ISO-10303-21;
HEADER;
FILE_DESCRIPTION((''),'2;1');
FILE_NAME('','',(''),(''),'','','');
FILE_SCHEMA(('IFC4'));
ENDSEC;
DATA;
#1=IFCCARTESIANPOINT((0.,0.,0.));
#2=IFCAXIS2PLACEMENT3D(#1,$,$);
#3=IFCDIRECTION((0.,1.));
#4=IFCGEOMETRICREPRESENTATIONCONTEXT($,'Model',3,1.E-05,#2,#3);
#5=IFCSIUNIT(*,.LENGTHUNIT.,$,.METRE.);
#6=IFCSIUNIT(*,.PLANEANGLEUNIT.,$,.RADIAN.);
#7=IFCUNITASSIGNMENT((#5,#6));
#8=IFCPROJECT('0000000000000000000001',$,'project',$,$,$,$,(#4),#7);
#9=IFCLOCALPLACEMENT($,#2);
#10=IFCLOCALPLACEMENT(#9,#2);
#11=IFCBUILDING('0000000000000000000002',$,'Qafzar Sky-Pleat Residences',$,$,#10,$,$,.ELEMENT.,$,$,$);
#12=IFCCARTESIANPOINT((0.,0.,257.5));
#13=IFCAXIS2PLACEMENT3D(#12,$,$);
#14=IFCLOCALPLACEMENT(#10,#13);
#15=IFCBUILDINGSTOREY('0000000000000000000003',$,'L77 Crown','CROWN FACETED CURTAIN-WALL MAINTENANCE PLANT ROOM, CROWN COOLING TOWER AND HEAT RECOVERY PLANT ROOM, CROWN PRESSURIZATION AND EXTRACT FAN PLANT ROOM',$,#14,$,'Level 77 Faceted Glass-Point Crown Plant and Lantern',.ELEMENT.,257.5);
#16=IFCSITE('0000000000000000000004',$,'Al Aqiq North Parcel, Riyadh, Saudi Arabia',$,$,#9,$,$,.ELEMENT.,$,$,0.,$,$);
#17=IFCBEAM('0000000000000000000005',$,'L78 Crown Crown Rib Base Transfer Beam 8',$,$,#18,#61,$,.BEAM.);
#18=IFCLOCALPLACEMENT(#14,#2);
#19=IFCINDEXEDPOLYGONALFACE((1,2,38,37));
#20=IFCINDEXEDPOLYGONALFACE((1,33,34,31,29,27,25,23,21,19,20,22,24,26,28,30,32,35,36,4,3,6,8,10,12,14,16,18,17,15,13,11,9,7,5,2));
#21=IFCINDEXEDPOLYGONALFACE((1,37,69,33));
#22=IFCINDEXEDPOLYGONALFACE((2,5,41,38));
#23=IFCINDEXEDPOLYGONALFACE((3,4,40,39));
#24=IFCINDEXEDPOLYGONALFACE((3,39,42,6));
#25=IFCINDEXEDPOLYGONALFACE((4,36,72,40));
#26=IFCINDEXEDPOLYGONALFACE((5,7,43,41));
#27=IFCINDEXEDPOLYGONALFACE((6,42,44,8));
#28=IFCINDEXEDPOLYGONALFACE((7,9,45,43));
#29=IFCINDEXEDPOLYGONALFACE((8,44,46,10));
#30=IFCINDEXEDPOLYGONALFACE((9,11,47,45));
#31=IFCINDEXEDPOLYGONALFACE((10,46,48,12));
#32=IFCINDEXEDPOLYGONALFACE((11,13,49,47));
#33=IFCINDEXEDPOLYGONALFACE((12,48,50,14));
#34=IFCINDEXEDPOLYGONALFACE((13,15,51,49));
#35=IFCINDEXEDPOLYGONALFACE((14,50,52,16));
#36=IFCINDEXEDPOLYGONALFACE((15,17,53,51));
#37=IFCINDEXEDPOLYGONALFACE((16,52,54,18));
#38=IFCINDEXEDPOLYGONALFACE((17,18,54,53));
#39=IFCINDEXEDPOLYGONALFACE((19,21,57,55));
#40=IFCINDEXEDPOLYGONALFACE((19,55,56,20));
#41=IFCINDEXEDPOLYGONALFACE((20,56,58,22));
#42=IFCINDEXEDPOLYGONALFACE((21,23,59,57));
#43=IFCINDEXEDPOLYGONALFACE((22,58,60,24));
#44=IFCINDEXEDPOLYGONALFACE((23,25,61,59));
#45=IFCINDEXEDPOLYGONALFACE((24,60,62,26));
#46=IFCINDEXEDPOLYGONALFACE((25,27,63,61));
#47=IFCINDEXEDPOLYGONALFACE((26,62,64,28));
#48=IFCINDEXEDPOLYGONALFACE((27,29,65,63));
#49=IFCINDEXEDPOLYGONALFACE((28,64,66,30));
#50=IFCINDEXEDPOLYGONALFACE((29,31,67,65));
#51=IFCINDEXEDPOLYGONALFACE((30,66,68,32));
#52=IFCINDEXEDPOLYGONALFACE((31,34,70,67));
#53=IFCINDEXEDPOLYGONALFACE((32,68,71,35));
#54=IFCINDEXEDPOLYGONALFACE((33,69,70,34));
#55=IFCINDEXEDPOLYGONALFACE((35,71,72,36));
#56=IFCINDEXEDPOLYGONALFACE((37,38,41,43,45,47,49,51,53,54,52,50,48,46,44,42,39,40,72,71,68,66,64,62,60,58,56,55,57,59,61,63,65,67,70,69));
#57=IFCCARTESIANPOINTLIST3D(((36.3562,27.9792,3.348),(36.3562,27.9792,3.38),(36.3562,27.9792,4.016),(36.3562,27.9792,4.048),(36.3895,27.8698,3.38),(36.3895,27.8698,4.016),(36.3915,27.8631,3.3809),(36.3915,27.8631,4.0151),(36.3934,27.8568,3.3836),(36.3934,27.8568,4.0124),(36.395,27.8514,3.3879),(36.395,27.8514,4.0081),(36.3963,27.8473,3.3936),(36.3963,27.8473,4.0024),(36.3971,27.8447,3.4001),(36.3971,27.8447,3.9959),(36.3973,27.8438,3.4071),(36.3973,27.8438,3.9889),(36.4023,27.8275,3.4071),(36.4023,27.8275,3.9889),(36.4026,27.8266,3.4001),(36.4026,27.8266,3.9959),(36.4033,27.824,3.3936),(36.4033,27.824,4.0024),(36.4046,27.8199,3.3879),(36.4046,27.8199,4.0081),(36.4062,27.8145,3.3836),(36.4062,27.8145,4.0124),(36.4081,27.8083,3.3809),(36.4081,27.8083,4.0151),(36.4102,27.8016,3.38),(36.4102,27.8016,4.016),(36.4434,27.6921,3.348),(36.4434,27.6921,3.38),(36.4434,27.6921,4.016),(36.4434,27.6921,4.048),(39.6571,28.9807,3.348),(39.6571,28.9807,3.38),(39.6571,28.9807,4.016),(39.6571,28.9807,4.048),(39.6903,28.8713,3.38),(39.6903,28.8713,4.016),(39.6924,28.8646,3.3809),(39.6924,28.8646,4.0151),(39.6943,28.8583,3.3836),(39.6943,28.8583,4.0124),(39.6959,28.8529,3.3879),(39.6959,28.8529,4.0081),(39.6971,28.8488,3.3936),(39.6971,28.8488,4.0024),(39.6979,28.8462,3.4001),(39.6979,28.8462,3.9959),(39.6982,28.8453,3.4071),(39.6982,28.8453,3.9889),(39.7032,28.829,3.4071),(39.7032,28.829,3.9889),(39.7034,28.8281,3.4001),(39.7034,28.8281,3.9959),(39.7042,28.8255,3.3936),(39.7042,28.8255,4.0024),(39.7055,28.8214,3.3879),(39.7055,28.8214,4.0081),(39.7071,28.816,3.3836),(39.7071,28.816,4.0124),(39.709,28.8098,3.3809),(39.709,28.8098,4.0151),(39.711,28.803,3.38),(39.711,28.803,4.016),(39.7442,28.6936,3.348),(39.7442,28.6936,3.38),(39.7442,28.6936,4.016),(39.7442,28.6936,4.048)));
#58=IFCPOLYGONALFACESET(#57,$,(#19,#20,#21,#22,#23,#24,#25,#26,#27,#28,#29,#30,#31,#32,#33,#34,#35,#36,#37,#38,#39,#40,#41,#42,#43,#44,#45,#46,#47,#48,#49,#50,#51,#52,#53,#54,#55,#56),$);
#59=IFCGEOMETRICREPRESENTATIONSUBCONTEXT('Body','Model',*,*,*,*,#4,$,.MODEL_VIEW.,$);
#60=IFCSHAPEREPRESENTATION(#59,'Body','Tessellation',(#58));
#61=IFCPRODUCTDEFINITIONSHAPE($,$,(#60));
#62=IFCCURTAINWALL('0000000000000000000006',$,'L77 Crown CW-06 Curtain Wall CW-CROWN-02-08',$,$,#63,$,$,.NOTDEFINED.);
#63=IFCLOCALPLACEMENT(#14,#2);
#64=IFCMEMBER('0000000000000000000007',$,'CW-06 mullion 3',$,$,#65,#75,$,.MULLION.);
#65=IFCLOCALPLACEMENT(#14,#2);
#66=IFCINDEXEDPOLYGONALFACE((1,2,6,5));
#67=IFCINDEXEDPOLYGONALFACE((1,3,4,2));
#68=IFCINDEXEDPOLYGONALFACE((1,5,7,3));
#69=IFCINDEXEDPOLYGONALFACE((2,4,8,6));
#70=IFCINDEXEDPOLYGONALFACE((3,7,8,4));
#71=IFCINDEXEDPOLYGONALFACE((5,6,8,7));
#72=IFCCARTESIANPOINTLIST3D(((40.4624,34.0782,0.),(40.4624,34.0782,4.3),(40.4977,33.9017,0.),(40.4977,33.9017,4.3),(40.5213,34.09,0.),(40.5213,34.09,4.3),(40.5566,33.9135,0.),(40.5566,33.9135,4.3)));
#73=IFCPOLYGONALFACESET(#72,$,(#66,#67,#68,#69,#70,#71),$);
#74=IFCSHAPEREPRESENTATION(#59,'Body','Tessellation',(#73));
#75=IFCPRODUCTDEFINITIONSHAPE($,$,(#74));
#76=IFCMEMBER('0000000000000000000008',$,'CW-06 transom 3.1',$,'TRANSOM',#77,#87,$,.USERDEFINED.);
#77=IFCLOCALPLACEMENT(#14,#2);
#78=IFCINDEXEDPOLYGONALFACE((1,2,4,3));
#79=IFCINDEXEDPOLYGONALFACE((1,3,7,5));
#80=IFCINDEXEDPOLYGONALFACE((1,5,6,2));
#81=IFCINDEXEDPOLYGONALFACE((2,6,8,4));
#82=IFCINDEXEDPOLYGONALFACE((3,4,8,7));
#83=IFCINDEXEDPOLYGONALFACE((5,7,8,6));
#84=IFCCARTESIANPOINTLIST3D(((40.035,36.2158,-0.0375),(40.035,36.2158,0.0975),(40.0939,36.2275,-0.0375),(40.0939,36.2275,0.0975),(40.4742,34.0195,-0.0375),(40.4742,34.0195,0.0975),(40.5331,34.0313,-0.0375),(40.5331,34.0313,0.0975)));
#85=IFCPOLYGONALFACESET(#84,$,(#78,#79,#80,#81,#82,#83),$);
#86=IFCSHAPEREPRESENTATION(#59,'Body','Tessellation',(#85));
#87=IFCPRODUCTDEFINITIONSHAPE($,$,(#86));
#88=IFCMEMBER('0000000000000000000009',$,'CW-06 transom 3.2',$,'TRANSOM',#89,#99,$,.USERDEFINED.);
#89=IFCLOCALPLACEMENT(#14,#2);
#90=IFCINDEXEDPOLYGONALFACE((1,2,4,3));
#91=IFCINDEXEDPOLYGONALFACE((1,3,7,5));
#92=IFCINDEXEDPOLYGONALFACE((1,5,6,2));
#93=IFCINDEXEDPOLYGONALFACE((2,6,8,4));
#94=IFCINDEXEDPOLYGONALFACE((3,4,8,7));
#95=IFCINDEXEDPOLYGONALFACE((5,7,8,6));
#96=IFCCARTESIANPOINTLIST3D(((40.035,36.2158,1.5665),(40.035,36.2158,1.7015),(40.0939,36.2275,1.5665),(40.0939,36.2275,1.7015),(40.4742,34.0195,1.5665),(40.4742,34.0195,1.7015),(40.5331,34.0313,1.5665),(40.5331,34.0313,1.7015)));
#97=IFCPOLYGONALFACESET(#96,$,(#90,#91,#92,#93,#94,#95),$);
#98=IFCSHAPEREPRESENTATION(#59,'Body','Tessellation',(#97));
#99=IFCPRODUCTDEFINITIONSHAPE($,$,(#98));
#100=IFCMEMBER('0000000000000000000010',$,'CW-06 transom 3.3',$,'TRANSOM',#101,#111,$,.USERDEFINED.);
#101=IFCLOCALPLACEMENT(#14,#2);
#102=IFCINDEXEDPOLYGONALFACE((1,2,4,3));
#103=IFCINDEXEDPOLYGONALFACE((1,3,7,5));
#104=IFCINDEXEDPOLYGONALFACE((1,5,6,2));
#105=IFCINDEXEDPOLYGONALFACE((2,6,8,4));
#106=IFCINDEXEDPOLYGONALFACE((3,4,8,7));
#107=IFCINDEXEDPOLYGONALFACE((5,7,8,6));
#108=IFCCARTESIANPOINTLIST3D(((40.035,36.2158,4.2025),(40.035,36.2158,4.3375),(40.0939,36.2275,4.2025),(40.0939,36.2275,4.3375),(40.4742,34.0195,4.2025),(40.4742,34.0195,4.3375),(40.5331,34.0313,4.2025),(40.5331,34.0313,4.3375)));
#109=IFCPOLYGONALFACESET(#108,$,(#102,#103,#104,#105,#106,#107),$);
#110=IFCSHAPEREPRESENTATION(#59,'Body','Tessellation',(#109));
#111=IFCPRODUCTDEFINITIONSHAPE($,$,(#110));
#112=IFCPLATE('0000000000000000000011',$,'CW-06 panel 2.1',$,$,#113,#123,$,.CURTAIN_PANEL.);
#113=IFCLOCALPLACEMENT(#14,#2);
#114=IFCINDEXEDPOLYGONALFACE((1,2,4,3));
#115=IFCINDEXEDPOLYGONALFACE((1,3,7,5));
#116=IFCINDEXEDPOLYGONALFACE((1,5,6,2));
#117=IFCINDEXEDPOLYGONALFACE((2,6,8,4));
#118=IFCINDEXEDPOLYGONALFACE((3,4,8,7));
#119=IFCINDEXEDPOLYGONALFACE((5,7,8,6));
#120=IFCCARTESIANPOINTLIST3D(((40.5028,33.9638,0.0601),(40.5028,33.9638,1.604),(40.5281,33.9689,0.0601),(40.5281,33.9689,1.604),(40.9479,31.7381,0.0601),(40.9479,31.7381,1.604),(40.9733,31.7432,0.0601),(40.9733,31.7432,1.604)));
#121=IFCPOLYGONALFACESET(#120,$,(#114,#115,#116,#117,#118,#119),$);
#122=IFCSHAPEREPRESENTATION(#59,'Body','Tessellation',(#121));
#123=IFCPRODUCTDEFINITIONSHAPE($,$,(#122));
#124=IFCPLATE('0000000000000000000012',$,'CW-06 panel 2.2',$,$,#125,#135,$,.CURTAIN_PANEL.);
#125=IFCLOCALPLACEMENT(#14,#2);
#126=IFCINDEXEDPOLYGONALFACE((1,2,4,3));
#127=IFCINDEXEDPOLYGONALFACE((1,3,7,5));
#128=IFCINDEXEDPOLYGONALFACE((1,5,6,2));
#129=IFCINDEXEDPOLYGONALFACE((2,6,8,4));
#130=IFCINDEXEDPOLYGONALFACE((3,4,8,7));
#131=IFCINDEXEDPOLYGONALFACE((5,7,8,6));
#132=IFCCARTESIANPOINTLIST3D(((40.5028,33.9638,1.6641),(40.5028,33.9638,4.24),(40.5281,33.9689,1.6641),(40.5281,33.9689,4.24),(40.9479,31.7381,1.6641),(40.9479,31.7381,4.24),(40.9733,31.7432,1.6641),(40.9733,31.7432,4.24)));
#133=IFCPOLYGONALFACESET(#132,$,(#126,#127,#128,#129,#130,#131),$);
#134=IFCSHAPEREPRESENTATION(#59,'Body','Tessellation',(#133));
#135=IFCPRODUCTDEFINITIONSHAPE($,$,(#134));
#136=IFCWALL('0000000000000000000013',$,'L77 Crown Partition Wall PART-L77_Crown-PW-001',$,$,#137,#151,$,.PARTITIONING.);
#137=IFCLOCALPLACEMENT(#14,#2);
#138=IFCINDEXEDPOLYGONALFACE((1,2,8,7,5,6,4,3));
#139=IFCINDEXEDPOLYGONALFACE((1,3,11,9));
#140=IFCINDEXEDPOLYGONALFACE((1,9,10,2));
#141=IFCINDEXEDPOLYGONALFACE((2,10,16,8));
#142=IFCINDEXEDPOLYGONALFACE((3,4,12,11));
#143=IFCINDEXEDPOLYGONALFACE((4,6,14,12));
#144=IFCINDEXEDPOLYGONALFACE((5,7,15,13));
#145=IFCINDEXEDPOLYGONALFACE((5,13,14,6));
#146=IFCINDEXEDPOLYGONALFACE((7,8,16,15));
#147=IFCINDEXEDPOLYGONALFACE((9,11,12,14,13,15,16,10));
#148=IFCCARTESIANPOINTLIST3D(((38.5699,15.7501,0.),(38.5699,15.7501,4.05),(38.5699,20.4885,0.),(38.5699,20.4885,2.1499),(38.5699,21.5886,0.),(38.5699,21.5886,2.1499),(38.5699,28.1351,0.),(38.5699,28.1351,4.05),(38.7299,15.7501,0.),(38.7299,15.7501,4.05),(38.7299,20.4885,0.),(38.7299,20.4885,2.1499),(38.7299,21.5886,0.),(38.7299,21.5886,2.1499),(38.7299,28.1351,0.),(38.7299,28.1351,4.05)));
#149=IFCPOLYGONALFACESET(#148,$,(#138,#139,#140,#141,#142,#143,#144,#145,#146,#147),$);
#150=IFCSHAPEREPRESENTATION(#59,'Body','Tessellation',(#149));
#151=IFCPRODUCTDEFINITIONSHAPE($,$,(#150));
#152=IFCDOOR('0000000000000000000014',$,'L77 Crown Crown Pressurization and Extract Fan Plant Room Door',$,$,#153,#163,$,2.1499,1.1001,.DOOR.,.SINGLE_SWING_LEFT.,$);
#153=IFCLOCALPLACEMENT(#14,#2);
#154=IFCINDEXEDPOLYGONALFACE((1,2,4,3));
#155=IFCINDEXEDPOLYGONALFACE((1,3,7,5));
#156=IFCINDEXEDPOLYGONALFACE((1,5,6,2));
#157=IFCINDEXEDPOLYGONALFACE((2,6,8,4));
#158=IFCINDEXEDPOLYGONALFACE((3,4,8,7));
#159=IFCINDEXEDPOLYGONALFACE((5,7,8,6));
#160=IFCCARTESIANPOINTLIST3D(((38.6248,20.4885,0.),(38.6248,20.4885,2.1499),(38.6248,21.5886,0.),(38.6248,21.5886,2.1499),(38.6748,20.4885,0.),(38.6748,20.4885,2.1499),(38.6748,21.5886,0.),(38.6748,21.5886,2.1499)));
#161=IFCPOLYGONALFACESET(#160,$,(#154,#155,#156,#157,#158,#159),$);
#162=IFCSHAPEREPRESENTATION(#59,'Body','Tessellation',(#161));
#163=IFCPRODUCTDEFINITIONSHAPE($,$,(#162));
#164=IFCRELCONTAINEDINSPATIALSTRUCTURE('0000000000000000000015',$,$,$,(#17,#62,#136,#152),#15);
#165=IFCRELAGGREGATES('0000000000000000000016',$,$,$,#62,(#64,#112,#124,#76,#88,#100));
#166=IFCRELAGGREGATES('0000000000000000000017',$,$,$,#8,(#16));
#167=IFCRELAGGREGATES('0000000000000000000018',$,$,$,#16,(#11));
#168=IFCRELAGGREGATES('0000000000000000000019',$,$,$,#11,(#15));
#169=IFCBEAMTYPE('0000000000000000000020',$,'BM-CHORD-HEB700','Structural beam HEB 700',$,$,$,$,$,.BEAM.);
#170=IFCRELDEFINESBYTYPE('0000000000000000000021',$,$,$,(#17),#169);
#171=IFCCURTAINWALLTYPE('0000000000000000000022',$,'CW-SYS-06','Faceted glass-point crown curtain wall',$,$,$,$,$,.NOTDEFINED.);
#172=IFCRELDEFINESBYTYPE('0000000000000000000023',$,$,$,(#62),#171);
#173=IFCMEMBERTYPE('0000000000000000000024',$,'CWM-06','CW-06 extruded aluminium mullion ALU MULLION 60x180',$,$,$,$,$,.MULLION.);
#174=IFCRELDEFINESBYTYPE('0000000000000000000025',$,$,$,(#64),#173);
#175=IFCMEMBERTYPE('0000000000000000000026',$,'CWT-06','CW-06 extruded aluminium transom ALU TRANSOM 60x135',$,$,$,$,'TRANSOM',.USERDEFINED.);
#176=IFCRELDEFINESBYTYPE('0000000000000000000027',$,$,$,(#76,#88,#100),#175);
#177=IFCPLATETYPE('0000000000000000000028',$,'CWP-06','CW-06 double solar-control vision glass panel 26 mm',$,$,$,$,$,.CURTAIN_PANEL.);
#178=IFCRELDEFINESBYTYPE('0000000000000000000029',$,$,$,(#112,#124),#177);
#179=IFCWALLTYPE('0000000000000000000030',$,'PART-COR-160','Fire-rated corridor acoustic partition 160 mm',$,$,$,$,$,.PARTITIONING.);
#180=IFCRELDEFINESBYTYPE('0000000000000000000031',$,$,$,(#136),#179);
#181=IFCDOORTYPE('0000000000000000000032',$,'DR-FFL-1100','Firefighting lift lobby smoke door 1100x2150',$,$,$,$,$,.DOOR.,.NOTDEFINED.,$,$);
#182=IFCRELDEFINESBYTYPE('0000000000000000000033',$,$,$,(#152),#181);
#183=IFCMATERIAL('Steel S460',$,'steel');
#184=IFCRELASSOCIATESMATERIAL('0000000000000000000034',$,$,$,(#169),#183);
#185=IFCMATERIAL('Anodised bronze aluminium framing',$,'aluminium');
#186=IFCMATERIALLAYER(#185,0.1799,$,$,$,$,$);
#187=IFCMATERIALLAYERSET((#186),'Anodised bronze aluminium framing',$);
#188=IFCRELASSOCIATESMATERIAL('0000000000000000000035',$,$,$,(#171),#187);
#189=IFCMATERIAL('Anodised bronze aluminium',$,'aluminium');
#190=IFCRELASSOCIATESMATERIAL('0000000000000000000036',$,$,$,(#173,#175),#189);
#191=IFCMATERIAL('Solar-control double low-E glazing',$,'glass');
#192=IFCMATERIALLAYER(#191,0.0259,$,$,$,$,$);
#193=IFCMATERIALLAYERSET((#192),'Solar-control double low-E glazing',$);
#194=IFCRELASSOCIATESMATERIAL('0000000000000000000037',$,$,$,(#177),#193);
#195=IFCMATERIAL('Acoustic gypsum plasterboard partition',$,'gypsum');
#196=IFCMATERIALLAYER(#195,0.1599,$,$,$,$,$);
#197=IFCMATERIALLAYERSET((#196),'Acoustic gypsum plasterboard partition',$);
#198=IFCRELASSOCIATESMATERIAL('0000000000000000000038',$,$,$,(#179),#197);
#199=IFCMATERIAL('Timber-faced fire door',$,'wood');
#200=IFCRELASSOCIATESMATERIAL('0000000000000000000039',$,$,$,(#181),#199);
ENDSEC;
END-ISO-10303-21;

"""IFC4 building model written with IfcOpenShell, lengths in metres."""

from ifc_helpers import new_model, si_unit, direction, frame, frame_2d, origin, origin_2d, place, context, subcontext, project, spatial, rectangle, i_section, extrude, source, transform, mapped, material, layer, layer_set, material_profile, profile_set, type_object, element, fill, aggregate, save


model = new_model("IFC4")

# Units and contexts
model_context = context("Model", 3, precision=1e-05, world=origin(), true_north=direction((0.0, 1.0)))
body_context = subcontext(model_context, "Body", "Model", "MODEL_VIEW")
ifc_project = project(units=[si_unit("LENGTHUNIT", "METRE"), si_unit("PLANEANGLEUNIT", "RADIAN")], contexts=[model_context])

# Site, building, storey
site_placement = place(None, origin())
site = spatial("IfcSite", under=ifc_project, at=site_placement, Name="Al Aqiq North Parcel, Riyadh, Saudi Arabia", CompositionType="ELEMENT", RefElevation=0.0)
building_placement = place(site_placement, origin())
building = spatial("IfcBuilding", under=site, at=building_placement, Name="Qafzar Sky-Pleat Residences", CompositionType="ELEMENT")
storey_placement = place(building_placement, frame((0.0, 0.0, 257.5)))
storey = spatial("IfcBuildingStorey", under=building, at=storey_placement, Name="L77 Crown", Description="CROWN FACETED CURTAIN-WALL MAINTENANCE PLANT ROOM, CROWN COOLING TOWER AND HEAT RECOVERY PLANT ROOM, CROWN PRESSURIZATION AND EXTRACT FAN PLANT ROOM", LongName="Level 77 Faceted Glass-Point Crown Plant and Lantern", CompositionType="ELEMENT", Elevation=257.5)

# Shared definitions
ifc_material_1 = material(Name="Steel S460", Category="steel")

# Beam
ifc_material_profile_1 = material_profile(ifc_material_1, i_section(OverallWidth=0.3, OverallDepth=0.7, WebThickness=0.0171, FlangeThickness=0.032, FilletRadius=0.0271, at=origin_2d()), Name="HEB 700")
ifc_profile_set_1 = profile_set([ifc_material_profile_1], Name="Steel S460")
beam_type = type_object("IfcBeamType", Name="BM-CHORD-HEB700", Description="Structural beam HEB 700", PredefinedType="BEAM", material=ifc_profile_set_1)
shared_shape_1 = source(origin(), body_context, "Body", "SweptSolid", [
    extrude(i_section(OverallWidth=0.3, OverallDepth=0.7, WebThickness=0.0171, FlangeThickness=0.032, FilletRadius=0.0271, at=origin_2d()), origin(), (0.0, 0.0, 1.0), 3.4495),
])
beam_placement = place(storey_placement, frame((39.7007, 28.8372, 3.698), z_axis=(-0.956926, -0.290333, 0.0), x_axis=(0.290333, -0.956926, 0.0)))
element("IfcBeam", 1, at=beam_placement, inside=storey, type_object=beam_type, Name="L78 Crown Crown Rib Base Transfer Beam 8", PredefinedType="BEAM", context=body_context, shape_type="MappedRepresentation", body=[
    mapped(shared_shape_1, transform((0.0, 0.0, 0.0), x_axis=(1.0, 0.0, 0.0), y_axis=(0.0, 1.0, 0.0), z_axis=(0.0, 0.0, 1.0), scale=1.0)),
])

# Curtain wall, members, plates
ifc_material_2 = material(Name="Anodised bronze aluminium framing", Category="aluminium")
ifc_layer_1 = layer(ifc_material_2, 0.1799)
ifc_layer_set_1 = layer_set([ifc_layer_1], Name="Anodised bronze aluminium framing")
curtain_wall_type = type_object("IfcCurtainWallType", Name="CW-SYS-06", Description="Faceted glass-point crown curtain wall", PredefinedType="NOTDEFINED", material=ifc_layer_set_1)
curtain_wall_placement = place(storey_placement, origin())
curtain_wall = element("IfcCurtainWall", 2, at=curtain_wall_placement, inside=storey, type_object=curtain_wall_type, Name="L77 Crown CW-06 Curtain Wall CW-CROWN-02-08", PredefinedType="NOTDEFINED")
ifc_material_3 = material(Name="Anodised bronze aluminium", Category="aluminium")
ifc_material_profile_2 = material_profile(ifc_material_3, rectangle(XDim=0.0601, YDim=0.1799, at=origin_2d()), Name="ALU MULLION 60x180")
ifc_profile_set_2 = profile_set([ifc_material_profile_2], Name="Anodised bronze aluminium")
member_type_1 = type_object("IfcMemberType", Name="CWM-06", Description="CW-06 extruded aluminium mullion ALU MULLION 60x180", PredefinedType="MULLION", material=ifc_profile_set_2)
shared_shape_2 = source(origin(), body_context, "Body", "SweptSolid", [
    extrude(rectangle(XDim=0.0601, YDim=0.1799, at=origin_2d()), origin(), (0.0, 0.0, 1.0), 4.3),
])
member_1_placement = place(storey_placement, frame((40.5095, 33.9958, 0.0), z_axis=(0.0, 0.0, 1.0), x_axis=(-0.980578, -0.196127, 0.0)))
member_1 = element("IfcMember", 3, at=member_1_placement, type_object=member_type_1, Name="CW-06 mullion 3", PredefinedType="MULLION", context=body_context, shape_type="MappedRepresentation", body=[
    mapped(shared_shape_2, transform((0.0, 0.0, 0.0), x_axis=(1.0, 0.0, 0.0), y_axis=(0.0, 1.0, 0.0), z_axis=(0.0, 0.0, 1.0), scale=1.0)),
])
ifc_material_profile_3 = material_profile(ifc_material_3, rectangle(XDim=0.0601, YDim=0.135, at=origin_2d()), Name="ALU TRANSOM 60x135")
ifc_profile_set_3 = profile_set([ifc_material_profile_3], Name="Anodised bronze aluminium")
member_type_2 = type_object("IfcMemberType", Name="CWT-06", Description="CW-06 extruded aluminium transom ALU TRANSOM 60x135", ElementType="TRANSOM", PredefinedType="USERDEFINED", material=ifc_profile_set_3)
shared_shape_3 = source(origin(), body_context, "Body", "SweptSolid", [
    extrude(rectangle(XDim=0.0601, YDim=0.135, at=origin_2d()), origin(), (0.0, 0.0, 1.0), 2.2397),
])
member_2_placement = place(storey_placement, frame((40.5037, 34.0254, 0.03), z_axis=(-0.196095, 0.980585, 0.0), x_axis=(-0.980585, -0.196095, 0.0)))
member_2 = element("IfcMember", 4, at=member_2_placement, type_object=member_type_2, Name="CW-06 transom 3.1", ObjectType="TRANSOM", PredefinedType="USERDEFINED", context=body_context, shape_type="MappedRepresentation", body=[
    mapped(shared_shape_3, transform((0.0, 0.0, 0.0), x_axis=(1.0, 0.0, 0.0), y_axis=(0.0, 1.0, 0.0), z_axis=(0.0, 0.0, 1.0), scale=1.0)),
])
member_3_placement = place(storey_placement, frame((40.5037, 34.0254, 1.634), z_axis=(-0.196095, 0.980585, 0.0), x_axis=(-0.980585, -0.196095, 0.0)))
member_3 = element("IfcMember", 5, at=member_3_placement, type_object=member_type_2, Name="CW-06 transom 3.2", ObjectType="TRANSOM", PredefinedType="USERDEFINED", context=body_context, shape_type="MappedRepresentation", body=[
    mapped(shared_shape_3, transform((0.0, 0.0, 0.0), x_axis=(1.0, 0.0, 0.0), y_axis=(0.0, 1.0, 0.0), z_axis=(0.0, 0.0, 1.0), scale=1.0)),
])
member_4_placement = place(storey_placement, frame((40.5037, 34.0254, 4.27), z_axis=(-0.196095, 0.980585, 0.0), x_axis=(-0.980585, -0.196095, 0.0)))
member_4 = element("IfcMember", 6, at=member_4_placement, type_object=member_type_2, Name="CW-06 transom 3.3", ObjectType="TRANSOM", PredefinedType="USERDEFINED", context=body_context, shape_type="MappedRepresentation", body=[
    mapped(shared_shape_3, transform((0.0, 0.0, 0.0), x_axis=(1.0, 0.0, 0.0), y_axis=(0.0, 1.0, 0.0), z_axis=(0.0, 0.0, 1.0), scale=1.0)),
])
ifc_material_4 = material(Name="Solar-control double low-E glazing", Category="glass")
ifc_layer_2 = layer(ifc_material_4, 0.0259)
ifc_layer_set_2 = layer_set([ifc_layer_2], Name="Solar-control double low-E glazing")
plate_type = type_object("IfcPlateType", Name="CWP-06", Description="CW-06 double solar-control vision glass panel 26 mm", PredefinedType="CURTAIN_PANEL", material=ifc_layer_set_2)
shared_shape_4 = source(origin(), body_context, "Body", "SweptSolid", [
    extrude(rectangle(XDim=2.2698, YDim=0.0259, at=origin_2d()), origin(), (0.0, 0.0, 1.0), 1.5439),
])
plate_1_placement = place(storey_placement, frame((40.738, 32.8535, 0.0601), z_axis=(0.0, 0.0, 1.0), x_axis=(-0.196127, 0.980578, 0.0)))
plate_1 = element("IfcPlate", 7, at=plate_1_placement, type_object=plate_type, Name="CW-06 panel 2.1", PredefinedType="CURTAIN_PANEL", context=body_context, shape_type="MappedRepresentation", body=[
    mapped(shared_shape_4, transform((0.0, 0.0, 0.0), x_axis=(1.0, 0.0, 0.0), y_axis=(0.0, 1.0, 0.0), z_axis=(0.0, 0.0, 1.0), scale=1.0)),
])
shared_shape_5 = source(origin(), body_context, "Body", "SweptSolid", [
    extrude(rectangle(XDim=2.2698, YDim=0.0259, at=origin_2d()), origin(), (0.0, 0.0, 1.0), 2.5759),
])
plate_2_placement = place(storey_placement, frame((40.738, 32.8535, 1.6641), z_axis=(0.0, 0.0, 1.0), x_axis=(-0.196127, 0.980578, 0.0)))
plate_2 = element("IfcPlate", 8, at=plate_2_placement, type_object=plate_type, Name="CW-06 panel 2.2", PredefinedType="CURTAIN_PANEL", context=body_context, shape_type="MappedRepresentation", body=[
    mapped(shared_shape_5, transform((0.0, 0.0, 0.0), x_axis=(1.0, 0.0, 0.0), y_axis=(0.0, 1.0, 0.0), z_axis=(0.0, 0.0, 1.0), scale=1.0)),
])
aggregate(curtain_wall, [member_1, plate_1, plate_2, member_2, member_3, member_4])

# Wall, opening, door
ifc_material_5 = material(Name="Acoustic gypsum plasterboard partition", Category="gypsum")
ifc_layer_3 = layer(ifc_material_5, 0.1599)
ifc_layer_set_3 = layer_set([ifc_layer_3], Name="Acoustic gypsum plasterboard partition")
wall_type_1 = type_object("IfcWallType", Name="PART-COR-160", Description="Fire-rated corridor acoustic partition 160 mm", PredefinedType="PARTITIONING", material=ifc_layer_set_3)
wall_1_placement = place(storey_placement, frame((38.6499, 28.135, 0.0), z_axis=(0.0, 0.0, 1.0), x_axis=(0.0, -1.0, 0.0)))
wall_1 = element("IfcWall", 9, at=wall_1_placement, inside=storey, type_object=wall_type_1, Name="L77 Crown Partition Wall PART-L77_Crown-PW-001", PredefinedType="PARTITIONING", context=body_context, shape_type="SweptSolid", body=[
    extrude(rectangle(XDim=12.385, YDim=0.1599, at=frame_2d((6.1924, 0.0))), origin(), (0.0, 0.0, 1.0), 4.05),
])
opening_1_placement = place(wall_1_placement, frame((6.5464, 0.0, 0.0)))
opening_1 = element("IfcOpeningElement", 10, at=opening_1_placement, cuts=wall_1, PredefinedType="OPENING", context=body_context, shape_type="SweptSolid", body=[
    extrude(rectangle(XDim=1.1001, YDim=2.1499, at=frame_2d((0.55, 1.075))), frame((0.0, 0.0898, 0.0), z_axis=(0.0, -1.0, 0.0), x_axis=(1.0, 0.0, 0.0)), (0.0, 0.0, 1.0), 0.1799),
])
ifc_material_6 = material(Name="Timber-faced fire door", Category="wood")
door_type_1 = type_object("IfcDoorType", Name="DR-FFL-1100", Description="Firefighting lift lobby smoke door 1100x2150", OperationType="NOTDEFINED", PredefinedType="DOOR", material=ifc_material_6)
shared_shape_6 = source(origin(), body_context, "Body", "SweptSolid", [
    extrude(rectangle(XDim=1.1001, YDim=2.1499, at=frame_2d((0.55, 1.075))), frame((0.0, 0.0249, 0.0), z_axis=(0.0, -1.0, 0.0), x_axis=(1.0, 0.0, 0.0)), (0.0, 0.0, 1.0), 0.05),
])
door_1_placement = place(opening_1_placement, origin())
door_1 = element("IfcDoor", 11, at=door_1_placement, inside=storey, type_object=door_type_1, Name="L77 Crown Crown Pressurization and Extract Fan Plant Room Door", OperationType="SINGLE_SWING_LEFT", OverallHeight=2.1499, OverallWidth=1.1001, PredefinedType="DOOR", context=body_context, shape_type="MappedRepresentation", body=[
    mapped(shared_shape_6, transform((0.0, 0.0, 0.0), x_axis=(1.0, 0.0, 0.0), y_axis=(0.0, 1.0, 0.0), z_axis=(0.0, 0.0, 1.0), scale=1.0)),
])
fill(opening_1, door_1)

save(model, "model.ifc")
